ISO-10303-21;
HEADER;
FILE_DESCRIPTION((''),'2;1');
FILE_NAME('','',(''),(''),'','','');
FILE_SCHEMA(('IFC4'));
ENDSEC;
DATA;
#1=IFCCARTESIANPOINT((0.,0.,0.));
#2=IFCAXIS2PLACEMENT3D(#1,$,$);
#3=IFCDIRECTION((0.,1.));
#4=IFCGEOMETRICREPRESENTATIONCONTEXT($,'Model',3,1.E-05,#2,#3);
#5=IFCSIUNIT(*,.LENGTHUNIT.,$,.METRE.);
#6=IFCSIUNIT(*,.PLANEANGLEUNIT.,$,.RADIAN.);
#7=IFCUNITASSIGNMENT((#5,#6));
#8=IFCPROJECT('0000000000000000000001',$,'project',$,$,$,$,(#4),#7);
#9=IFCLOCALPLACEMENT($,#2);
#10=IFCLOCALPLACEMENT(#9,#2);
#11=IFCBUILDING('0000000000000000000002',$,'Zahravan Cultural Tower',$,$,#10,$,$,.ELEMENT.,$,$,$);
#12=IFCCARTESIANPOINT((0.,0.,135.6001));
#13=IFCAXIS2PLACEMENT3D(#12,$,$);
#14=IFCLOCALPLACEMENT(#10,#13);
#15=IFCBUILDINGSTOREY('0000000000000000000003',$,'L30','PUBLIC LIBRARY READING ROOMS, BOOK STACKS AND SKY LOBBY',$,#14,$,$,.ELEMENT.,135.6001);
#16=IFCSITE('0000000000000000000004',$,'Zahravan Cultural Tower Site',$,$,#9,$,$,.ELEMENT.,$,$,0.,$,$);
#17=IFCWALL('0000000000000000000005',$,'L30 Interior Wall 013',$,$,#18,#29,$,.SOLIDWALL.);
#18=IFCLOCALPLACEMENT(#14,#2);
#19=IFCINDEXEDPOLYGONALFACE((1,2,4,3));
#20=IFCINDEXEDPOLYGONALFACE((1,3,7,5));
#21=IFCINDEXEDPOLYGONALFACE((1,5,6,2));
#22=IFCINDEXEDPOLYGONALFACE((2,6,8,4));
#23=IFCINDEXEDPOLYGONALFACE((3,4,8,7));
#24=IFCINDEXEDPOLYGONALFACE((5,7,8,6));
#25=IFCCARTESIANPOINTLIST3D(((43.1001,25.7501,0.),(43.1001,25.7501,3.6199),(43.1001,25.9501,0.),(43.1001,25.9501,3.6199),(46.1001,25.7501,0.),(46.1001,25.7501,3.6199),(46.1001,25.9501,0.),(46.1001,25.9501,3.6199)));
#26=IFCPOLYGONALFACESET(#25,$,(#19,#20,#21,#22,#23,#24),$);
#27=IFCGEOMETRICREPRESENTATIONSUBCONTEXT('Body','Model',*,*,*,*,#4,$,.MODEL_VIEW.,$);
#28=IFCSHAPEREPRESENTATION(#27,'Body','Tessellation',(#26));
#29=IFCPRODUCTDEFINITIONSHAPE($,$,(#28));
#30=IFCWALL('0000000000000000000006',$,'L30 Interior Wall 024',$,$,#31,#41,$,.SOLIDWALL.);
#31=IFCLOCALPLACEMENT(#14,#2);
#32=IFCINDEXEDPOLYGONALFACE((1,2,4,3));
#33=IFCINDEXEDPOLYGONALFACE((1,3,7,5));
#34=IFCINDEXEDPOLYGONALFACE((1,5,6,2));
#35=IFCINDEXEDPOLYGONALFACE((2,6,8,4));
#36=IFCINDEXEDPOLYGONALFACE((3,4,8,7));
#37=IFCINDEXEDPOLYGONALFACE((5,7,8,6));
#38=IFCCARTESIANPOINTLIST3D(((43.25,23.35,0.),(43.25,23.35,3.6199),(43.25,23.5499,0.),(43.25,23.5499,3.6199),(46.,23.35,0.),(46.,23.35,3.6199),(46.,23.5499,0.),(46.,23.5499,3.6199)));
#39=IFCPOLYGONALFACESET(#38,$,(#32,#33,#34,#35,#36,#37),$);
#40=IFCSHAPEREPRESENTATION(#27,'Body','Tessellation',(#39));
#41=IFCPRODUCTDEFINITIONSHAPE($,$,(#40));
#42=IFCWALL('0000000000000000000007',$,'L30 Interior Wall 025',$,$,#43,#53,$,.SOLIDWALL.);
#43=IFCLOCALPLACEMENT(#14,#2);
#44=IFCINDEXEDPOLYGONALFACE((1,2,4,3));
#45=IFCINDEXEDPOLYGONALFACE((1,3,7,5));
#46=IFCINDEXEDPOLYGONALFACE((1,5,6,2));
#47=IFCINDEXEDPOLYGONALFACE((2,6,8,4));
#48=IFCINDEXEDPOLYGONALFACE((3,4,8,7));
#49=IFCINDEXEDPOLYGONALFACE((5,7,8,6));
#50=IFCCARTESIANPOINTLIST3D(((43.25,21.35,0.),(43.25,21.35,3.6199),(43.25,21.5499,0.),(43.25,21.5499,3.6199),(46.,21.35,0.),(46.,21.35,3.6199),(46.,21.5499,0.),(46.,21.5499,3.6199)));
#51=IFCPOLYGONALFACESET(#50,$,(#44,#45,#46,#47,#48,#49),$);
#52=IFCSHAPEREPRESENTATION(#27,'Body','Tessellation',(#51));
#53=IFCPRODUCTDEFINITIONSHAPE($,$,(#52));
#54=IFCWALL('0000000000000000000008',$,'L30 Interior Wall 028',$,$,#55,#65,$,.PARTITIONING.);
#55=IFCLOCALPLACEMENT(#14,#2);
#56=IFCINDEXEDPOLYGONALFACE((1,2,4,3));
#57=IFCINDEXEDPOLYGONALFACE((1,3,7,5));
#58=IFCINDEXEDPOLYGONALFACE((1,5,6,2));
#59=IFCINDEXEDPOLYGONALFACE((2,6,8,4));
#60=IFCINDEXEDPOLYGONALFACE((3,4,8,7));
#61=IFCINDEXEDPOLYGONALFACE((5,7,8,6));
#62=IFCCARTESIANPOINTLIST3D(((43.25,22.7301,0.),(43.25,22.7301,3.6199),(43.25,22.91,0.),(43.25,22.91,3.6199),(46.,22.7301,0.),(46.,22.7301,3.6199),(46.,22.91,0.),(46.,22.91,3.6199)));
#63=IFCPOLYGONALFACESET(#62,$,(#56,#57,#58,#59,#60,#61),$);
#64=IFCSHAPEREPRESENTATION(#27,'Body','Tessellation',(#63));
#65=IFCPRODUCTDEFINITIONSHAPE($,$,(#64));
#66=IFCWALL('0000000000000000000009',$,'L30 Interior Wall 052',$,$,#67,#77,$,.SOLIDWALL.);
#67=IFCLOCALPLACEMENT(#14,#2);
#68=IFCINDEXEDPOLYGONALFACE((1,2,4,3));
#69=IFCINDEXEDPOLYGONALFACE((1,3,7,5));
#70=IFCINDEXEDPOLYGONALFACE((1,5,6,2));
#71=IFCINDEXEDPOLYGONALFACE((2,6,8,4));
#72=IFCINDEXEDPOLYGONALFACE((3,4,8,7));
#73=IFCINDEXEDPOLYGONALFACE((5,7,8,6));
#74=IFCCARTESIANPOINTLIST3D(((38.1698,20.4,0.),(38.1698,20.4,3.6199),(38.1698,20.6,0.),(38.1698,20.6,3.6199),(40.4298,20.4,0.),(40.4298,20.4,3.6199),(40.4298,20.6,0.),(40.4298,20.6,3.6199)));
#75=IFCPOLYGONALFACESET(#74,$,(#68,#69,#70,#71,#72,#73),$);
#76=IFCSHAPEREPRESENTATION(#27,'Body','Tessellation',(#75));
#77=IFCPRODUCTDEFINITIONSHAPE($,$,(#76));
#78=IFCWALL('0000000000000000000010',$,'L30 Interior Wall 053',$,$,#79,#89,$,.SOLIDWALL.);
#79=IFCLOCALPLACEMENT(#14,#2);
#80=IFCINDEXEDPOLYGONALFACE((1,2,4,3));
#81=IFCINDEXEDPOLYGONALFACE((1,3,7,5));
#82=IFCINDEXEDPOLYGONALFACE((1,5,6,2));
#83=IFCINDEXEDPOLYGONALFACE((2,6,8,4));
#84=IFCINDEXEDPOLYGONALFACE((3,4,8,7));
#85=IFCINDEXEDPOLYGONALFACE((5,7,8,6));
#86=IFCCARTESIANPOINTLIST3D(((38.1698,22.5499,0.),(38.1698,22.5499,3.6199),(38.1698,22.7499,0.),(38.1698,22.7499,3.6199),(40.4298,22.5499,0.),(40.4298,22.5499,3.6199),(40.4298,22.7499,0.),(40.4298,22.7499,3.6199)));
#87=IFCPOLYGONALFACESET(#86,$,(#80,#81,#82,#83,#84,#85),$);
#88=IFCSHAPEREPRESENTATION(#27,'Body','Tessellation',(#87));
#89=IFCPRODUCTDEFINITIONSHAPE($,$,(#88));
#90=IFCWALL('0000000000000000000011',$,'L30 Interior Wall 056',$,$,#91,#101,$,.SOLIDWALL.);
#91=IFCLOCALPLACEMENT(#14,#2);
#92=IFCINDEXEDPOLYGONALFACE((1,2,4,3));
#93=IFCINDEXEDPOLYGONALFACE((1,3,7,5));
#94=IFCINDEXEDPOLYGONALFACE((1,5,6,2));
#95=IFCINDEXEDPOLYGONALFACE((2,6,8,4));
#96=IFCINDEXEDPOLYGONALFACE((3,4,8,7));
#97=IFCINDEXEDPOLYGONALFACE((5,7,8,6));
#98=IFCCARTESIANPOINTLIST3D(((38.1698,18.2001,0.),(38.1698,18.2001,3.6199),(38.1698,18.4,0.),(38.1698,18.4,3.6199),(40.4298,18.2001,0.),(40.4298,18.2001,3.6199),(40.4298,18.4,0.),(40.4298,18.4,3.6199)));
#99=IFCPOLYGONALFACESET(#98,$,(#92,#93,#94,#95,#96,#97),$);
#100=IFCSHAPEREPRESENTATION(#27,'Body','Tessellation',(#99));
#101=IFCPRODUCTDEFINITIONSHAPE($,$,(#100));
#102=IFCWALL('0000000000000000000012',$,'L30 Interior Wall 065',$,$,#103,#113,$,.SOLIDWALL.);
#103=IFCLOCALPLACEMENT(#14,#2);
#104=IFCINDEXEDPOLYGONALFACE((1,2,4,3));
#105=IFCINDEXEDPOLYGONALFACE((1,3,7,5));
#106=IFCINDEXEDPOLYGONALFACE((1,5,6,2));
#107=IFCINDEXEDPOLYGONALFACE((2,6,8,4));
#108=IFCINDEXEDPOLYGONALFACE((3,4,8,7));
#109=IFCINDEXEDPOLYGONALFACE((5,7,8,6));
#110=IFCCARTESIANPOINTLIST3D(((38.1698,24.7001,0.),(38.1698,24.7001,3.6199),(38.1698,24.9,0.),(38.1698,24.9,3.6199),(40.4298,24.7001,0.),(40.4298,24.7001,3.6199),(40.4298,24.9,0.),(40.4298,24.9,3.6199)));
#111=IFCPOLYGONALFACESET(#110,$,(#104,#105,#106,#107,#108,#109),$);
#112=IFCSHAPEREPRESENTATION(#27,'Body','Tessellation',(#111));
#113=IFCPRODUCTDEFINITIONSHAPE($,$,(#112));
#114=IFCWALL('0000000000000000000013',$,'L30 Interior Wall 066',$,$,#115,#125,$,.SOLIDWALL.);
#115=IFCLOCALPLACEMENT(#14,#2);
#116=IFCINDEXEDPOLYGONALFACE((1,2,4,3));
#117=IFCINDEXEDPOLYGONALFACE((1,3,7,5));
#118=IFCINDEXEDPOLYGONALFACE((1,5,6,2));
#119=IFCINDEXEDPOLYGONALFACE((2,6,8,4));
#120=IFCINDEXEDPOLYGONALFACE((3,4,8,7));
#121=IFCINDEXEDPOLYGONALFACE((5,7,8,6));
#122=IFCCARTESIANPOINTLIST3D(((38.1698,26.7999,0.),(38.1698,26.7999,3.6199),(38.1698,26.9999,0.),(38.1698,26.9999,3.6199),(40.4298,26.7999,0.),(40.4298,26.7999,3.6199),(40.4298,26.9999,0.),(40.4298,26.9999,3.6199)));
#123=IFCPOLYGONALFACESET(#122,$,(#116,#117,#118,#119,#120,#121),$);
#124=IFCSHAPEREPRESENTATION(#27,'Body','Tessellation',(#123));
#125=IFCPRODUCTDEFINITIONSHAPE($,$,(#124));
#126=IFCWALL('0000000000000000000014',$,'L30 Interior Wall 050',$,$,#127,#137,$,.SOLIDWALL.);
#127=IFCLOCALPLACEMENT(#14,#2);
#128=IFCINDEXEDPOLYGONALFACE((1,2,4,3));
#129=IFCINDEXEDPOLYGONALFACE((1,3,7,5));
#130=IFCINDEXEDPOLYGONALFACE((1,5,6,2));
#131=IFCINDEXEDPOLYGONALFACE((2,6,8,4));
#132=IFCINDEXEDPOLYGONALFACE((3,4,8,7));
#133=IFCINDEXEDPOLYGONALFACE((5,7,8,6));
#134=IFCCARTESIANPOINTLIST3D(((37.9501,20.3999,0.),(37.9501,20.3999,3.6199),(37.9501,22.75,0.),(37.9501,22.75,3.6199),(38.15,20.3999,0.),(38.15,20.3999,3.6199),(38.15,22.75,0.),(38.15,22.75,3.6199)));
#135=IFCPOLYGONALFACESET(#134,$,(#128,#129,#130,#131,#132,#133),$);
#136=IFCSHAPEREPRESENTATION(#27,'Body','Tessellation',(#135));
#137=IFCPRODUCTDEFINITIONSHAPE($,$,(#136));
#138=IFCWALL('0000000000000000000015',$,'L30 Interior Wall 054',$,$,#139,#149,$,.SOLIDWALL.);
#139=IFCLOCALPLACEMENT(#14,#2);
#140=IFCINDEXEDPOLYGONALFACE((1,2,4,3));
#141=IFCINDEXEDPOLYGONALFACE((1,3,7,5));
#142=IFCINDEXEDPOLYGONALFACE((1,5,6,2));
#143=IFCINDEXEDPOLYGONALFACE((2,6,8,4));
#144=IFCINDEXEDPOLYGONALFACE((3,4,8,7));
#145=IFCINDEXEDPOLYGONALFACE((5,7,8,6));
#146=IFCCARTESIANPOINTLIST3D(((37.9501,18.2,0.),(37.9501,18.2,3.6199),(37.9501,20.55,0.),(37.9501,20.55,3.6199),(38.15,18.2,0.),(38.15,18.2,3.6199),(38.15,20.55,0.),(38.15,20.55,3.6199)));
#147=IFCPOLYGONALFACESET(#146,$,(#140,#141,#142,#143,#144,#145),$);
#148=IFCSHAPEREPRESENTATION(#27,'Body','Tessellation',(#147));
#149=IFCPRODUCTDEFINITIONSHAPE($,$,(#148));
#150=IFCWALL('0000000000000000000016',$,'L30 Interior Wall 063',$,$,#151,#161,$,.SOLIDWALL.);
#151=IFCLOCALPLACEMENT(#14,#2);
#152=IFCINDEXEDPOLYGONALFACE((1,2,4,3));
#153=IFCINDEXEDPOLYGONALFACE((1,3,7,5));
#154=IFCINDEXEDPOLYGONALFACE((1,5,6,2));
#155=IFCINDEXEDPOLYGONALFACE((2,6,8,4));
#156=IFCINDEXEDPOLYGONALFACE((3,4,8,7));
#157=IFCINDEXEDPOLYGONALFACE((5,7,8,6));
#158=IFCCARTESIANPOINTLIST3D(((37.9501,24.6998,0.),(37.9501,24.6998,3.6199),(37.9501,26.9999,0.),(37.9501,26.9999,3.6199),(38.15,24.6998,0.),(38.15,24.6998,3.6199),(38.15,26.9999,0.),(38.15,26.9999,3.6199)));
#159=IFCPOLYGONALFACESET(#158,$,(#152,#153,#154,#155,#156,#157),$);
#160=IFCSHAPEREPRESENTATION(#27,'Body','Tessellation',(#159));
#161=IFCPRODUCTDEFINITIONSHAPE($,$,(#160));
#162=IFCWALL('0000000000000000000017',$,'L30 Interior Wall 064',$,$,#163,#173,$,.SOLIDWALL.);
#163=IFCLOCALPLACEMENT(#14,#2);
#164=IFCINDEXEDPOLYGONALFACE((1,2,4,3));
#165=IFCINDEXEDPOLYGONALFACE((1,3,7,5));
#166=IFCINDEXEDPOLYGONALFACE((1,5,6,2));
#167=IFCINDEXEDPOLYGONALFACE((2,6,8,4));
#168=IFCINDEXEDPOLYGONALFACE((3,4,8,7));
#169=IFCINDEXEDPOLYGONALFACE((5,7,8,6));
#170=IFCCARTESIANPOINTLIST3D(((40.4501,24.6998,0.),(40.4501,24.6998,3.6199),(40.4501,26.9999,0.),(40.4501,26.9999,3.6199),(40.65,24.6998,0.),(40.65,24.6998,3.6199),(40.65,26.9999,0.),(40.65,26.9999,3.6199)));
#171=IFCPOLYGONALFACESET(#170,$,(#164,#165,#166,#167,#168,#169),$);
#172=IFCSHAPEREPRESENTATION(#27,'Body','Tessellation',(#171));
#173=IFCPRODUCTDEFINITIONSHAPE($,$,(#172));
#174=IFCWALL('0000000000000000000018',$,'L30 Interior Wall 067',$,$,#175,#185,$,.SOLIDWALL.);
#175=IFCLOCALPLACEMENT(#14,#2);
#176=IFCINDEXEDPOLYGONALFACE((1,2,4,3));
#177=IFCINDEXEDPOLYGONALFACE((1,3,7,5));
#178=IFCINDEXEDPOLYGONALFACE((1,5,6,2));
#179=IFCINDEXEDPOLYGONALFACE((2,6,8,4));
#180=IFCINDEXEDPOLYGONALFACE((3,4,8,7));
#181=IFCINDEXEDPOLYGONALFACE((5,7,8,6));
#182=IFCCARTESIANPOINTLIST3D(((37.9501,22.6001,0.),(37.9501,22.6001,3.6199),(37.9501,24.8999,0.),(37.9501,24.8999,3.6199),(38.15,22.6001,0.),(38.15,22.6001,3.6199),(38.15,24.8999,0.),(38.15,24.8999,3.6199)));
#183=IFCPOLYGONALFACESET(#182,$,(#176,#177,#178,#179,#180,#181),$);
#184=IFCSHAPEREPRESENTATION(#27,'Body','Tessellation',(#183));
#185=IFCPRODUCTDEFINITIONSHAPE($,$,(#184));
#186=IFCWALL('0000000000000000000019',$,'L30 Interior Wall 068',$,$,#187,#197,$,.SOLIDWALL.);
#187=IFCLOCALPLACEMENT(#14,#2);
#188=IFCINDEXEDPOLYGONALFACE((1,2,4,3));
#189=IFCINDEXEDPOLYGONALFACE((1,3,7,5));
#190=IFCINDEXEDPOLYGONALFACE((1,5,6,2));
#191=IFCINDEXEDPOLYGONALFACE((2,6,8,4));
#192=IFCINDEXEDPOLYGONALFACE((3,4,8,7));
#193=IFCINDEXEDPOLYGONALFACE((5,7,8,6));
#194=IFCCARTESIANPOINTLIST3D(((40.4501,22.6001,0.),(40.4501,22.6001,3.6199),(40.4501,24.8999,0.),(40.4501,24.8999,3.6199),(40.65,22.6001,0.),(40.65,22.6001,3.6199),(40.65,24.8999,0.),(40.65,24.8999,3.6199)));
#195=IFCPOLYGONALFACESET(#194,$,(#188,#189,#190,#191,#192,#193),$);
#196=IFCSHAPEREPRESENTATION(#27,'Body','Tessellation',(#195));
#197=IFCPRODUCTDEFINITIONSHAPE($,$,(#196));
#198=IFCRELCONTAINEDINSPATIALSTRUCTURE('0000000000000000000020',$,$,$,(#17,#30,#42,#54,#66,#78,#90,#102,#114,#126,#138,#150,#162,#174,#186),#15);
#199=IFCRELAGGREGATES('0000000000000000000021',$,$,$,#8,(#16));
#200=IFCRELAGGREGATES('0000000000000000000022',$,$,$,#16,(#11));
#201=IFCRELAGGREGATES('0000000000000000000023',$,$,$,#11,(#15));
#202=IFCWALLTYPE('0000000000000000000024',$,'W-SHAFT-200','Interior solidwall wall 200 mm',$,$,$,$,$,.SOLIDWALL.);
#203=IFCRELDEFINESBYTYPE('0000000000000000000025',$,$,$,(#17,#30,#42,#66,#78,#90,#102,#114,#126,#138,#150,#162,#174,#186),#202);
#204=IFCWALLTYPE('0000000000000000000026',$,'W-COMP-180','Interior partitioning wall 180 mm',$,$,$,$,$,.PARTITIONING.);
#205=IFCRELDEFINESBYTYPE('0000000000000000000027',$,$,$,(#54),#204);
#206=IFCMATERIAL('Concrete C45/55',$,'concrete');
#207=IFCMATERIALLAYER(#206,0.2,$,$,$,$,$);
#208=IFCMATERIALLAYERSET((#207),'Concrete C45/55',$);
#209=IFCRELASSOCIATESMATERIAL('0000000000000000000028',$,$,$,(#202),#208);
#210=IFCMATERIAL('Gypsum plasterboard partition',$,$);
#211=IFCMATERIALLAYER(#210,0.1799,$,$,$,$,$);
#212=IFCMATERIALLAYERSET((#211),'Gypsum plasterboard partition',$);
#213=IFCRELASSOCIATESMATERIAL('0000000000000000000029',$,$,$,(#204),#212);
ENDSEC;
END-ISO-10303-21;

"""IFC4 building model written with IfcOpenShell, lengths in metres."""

from ifc_helpers import new_model, si_unit, direction, frame, frame_2d, origin, place, context, subcontext, project, spatial, rectangle, extrude, source, transform, mapped, material, layer, layer_set, type_object, element, save


model = new_model("IFC4")

# Units and contexts
model_context = context("Model", 3, precision=1e-05, world=origin(), true_north=direction((0.0, 1.0)))
body_context = subcontext(model_context, "Body", "Model", "MODEL_VIEW")
ifc_project = project(units=[si_unit("LENGTHUNIT", "METRE"), si_unit("PLANEANGLEUNIT", "RADIAN")], contexts=[model_context])

# Site, building, storey
site_placement = place(None, origin())
site = spatial("IfcSite", under=ifc_project, at=site_placement, Name="Zahravan Cultural Tower Site", CompositionType="ELEMENT", RefElevation=0.0)
building_placement = place(site_placement, origin())
building = spatial("IfcBuilding", under=site, at=building_placement, Name="Zahravan Cultural Tower", CompositionType="ELEMENT")
storey_placement = place(building_placement, frame((0.0, 0.0, 135.6001)))
storey = spatial("IfcBuildingStorey", under=building, at=storey_placement, Name="L30", Description="PUBLIC LIBRARY READING ROOMS, BOOK STACKS AND SKY LOBBY", CompositionType="ELEMENT", Elevation=135.6001)

# Shared definitions
ifc_material_1 = material(Name="Gypsum plasterboard partition")
ifc_material_2 = material(Name="Concrete C45/55", Category="concrete")
ifc_layer_1 = layer(ifc_material_2, 0.2)
ifc_layer_set_1 = layer_set([ifc_layer_1], Name="Concrete C45/55")
wall_type_1 = type_object("IfcWallType", Name="W-SHAFT-200", Description="Interior solidwall wall 200 mm", PredefinedType="SOLIDWALL", material=ifc_layer_set_1)

# Walls
shared_shape_1 = source(origin(), body_context, "Body", "SweptSolid", [
    extrude(rectangle(XDim=3.0, YDim=0.2, at=frame_2d((1.5, 0.0))), origin(), (0.0, 0.0, 1.0), 3.6199),
])
wall_1_placement = place(storey_placement, frame((43.1001, 25.8501, 0.0), z_axis=(0.0, 0.0, 1.0), x_axis=(1.0, 0.0, 0.0)))
element("IfcWall", 1, at=wall_1_placement, inside=storey, type_object=wall_type_1, Name="L30 Interior Wall 013", PredefinedType="SOLIDWALL", context=body_context, shape_type="MappedRepresentation", body=[
    mapped(shared_shape_1, transform((0.0, 0.0, 0.0), x_axis=(1.0, 0.0, 0.0), y_axis=(0.0, 1.0, 0.0), z_axis=(0.0, 0.0, 1.0), scale=1.0)),
])
shared_shape_2 = source(origin(), body_context, "Body", "SweptSolid", [
    extrude(rectangle(XDim=2.75, YDim=0.2, at=frame_2d((1.375, 0.0))), origin(), (0.0, 0.0, 1.0), 3.6199),
])
for number, where, z_axis, x_axis, name in (
    (2, (43.25, 23.45, 0.0), (0.0, 0.0, 1.0), (1.0, 0.0, 0.0), "L30 Interior Wall 024"),
    (3, (43.25, 21.45, 0.0), (0.0, 0.0, 1.0), (1.0, 0.0, 0.0), "L30 Interior Wall 025"),
):
    element("IfcWall", number, at=place(storey_placement, frame(where, z_axis=z_axis, x_axis=x_axis)), inside=storey, type_object=wall_type_1, Name=name, PredefinedType="SOLIDWALL", context=body_context, shape_type="MappedRepresentation", body=[
        mapped(shared_shape_2, transform((0.0, 0.0, 0.0), x_axis=(1.0, 0.0, 0.0), y_axis=(0.0, 1.0, 0.0), z_axis=(0.0, 0.0, 1.0), scale=1.0)),
    ])
ifc_layer_2 = layer(ifc_material_1, 0.1799)
ifc_layer_set_2 = layer_set([ifc_layer_2], Name="Gypsum plasterboard partition")
wall_type_2 = type_object("IfcWallType", Name="W-COMP-180", Description="Interior partitioning wall 180 mm", PredefinedType="PARTITIONING", material=ifc_layer_set_2)
shared_shape_3 = source(origin(), body_context, "Body", "SweptSolid", [
    extrude(rectangle(XDim=2.75, YDim=0.1799, at=frame_2d((1.375, 0.0))), origin(), (0.0, 0.0, 1.0), 3.6199),
])
wall_2_placement = place(storey_placement, frame((43.25, 22.8201, 0.0), z_axis=(0.0, 0.0, 1.0), x_axis=(1.0, 0.0, 0.0)))
element("IfcWall", 4, at=wall_2_placement, inside=storey, type_object=wall_type_2, Name="L30 Interior Wall 028", PredefinedType="PARTITIONING", context=body_context, shape_type="MappedRepresentation", body=[
    mapped(shared_shape_3, transform((0.0, 0.0, 0.0), x_axis=(1.0, 0.0, 0.0), y_axis=(0.0, 1.0, 0.0), z_axis=(0.0, 0.0, 1.0), scale=1.0)),
])
shared_shape_4 = source(origin(), body_context, "Body", "SweptSolid", [
    extrude(rectangle(XDim=2.26, YDim=0.2, at=frame_2d((1.1299, 0.0))), origin(), (0.0, 0.0, 1.0), 3.6199),
])
for number, where, z_axis, x_axis, name in (
    (5, (38.1699, 20.5, 0.0), (0.0, 0.0, 1.0), (1.0, 0.0, 0.0), "L30 Interior Wall 052"),
    (6, (38.1699, 22.6499, 0.0), (0.0, 0.0, 1.0), (1.0, 0.0, 0.0), "L30 Interior Wall 053"),
    (7, (38.1699, 18.3, 0.0), (0.0, 0.0, 1.0), (1.0, 0.0, 0.0), "L30 Interior Wall 056"),
    (8, (38.1699, 24.8, 0.0), (0.0, 0.0, 1.0), (1.0, 0.0, 0.0), "L30 Interior Wall 065"),
    (9, (38.1699, 26.8999, 0.0), (0.0, 0.0, 1.0), (1.0, 0.0, 0.0), "L30 Interior Wall 066"),
):
    element("IfcWall", number, at=place(storey_placement, frame(where, z_axis=z_axis, x_axis=x_axis)), inside=storey, type_object=wall_type_1, Name=name, PredefinedType="SOLIDWALL", context=body_context, shape_type="MappedRepresentation", body=[
        mapped(shared_shape_4, transform((0.0, 0.0, 0.0), x_axis=(1.0, 0.0, 0.0), y_axis=(0.0, 1.0, 0.0), z_axis=(0.0, 0.0, 1.0), scale=1.0)),
    ])
shared_shape_5 = source(origin(), body_context, "Body", "SweptSolid", [
    extrude(rectangle(XDim=2.3501, YDim=0.2, at=frame_2d((1.175, 0.0))), origin(), (0.0, 0.0, 1.0), 3.6199),
])
for number, where, z_axis, x_axis, name in (
    (10, (38.05, 20.3999, 0.0), (0.0, 0.0, 1.0), (0.0, 1.0, 0.0), "L30 Interior Wall 050"),
    (11, (38.05, 18.2, 0.0), (0.0, 0.0, 1.0), (0.0, 1.0, 0.0), "L30 Interior Wall 054"),
):
    element("IfcWall", number, at=place(storey_placement, frame(where, z_axis=z_axis, x_axis=x_axis)), inside=storey, type_object=wall_type_1, Name=name, PredefinedType="SOLIDWALL", context=body_context, shape_type="MappedRepresentation", body=[
        mapped(shared_shape_5, transform((0.0, 0.0, 0.0), x_axis=(1.0, 0.0, 0.0), y_axis=(0.0, 1.0, 0.0), z_axis=(0.0, 0.0, 1.0), scale=1.0)),
    ])
shared_shape_6 = source(origin(), body_context, "Body", "SweptSolid", [
    extrude(rectangle(XDim=2.3, YDim=0.2, at=frame_2d((1.1499, 0.0))), origin(), (0.0, 0.0, 1.0), 3.6199),
])
for number, where, z_axis, x_axis, name in (
    (12, (38.05, 24.7, 0.0), (0.0, 0.0, 1.0), (0.0, 1.0, 0.0), "L30 Interior Wall 063"),
    (13, (40.55, 24.7, 0.0), (0.0, 0.0, 1.0), (0.0, 1.0, 0.0), "L30 Interior Wall 064"),
):
    element("IfcWall", number, at=place(storey_placement, frame(where, z_axis=z_axis, x_axis=x_axis)), inside=storey, type_object=wall_type_1, Name=name, PredefinedType="SOLIDWALL", context=body_context, shape_type="MappedRepresentation", body=[
        mapped(shared_shape_6, transform((0.0, 0.0, 0.0), x_axis=(1.0, 0.0, 0.0), y_axis=(0.0, 1.0, 0.0), z_axis=(0.0, 0.0, 1.0), scale=1.0)),
    ])
shared_shape_7 = source(origin(), body_context, "Body", "SweptSolid", [
    extrude(rectangle(XDim=2.2998, YDim=0.2, at=frame_2d((1.1499, 0.0))), origin(), (0.0, 0.0, 1.0), 3.6199),
])
for number, where, z_axis, x_axis, name in (
    (14, (38.05, 22.6001, 0.0), (0.0, 0.0, 1.0), (0.0, 1.0, 0.0), "L30 Interior Wall 067"),
    (15, (40.55, 22.6001, 0.0), (0.0, 0.0, 1.0), (0.0, 1.0, 0.0), "L30 Interior Wall 068"),
):
    element("IfcWall", number, at=place(storey_placement, frame(where, z_axis=z_axis, x_axis=x_axis)), inside=storey, type_object=wall_type_1, Name=name, PredefinedType="SOLIDWALL", context=body_context, shape_type="MappedRepresentation", body=[
        mapped(shared_shape_7, transform((0.0, 0.0, 0.0), x_axis=(1.0, 0.0, 0.0), y_axis=(0.0, 1.0, 0.0), z_axis=(0.0, 0.0, 1.0), scale=1.0)),
    ])

save(model, "model.ifc")
